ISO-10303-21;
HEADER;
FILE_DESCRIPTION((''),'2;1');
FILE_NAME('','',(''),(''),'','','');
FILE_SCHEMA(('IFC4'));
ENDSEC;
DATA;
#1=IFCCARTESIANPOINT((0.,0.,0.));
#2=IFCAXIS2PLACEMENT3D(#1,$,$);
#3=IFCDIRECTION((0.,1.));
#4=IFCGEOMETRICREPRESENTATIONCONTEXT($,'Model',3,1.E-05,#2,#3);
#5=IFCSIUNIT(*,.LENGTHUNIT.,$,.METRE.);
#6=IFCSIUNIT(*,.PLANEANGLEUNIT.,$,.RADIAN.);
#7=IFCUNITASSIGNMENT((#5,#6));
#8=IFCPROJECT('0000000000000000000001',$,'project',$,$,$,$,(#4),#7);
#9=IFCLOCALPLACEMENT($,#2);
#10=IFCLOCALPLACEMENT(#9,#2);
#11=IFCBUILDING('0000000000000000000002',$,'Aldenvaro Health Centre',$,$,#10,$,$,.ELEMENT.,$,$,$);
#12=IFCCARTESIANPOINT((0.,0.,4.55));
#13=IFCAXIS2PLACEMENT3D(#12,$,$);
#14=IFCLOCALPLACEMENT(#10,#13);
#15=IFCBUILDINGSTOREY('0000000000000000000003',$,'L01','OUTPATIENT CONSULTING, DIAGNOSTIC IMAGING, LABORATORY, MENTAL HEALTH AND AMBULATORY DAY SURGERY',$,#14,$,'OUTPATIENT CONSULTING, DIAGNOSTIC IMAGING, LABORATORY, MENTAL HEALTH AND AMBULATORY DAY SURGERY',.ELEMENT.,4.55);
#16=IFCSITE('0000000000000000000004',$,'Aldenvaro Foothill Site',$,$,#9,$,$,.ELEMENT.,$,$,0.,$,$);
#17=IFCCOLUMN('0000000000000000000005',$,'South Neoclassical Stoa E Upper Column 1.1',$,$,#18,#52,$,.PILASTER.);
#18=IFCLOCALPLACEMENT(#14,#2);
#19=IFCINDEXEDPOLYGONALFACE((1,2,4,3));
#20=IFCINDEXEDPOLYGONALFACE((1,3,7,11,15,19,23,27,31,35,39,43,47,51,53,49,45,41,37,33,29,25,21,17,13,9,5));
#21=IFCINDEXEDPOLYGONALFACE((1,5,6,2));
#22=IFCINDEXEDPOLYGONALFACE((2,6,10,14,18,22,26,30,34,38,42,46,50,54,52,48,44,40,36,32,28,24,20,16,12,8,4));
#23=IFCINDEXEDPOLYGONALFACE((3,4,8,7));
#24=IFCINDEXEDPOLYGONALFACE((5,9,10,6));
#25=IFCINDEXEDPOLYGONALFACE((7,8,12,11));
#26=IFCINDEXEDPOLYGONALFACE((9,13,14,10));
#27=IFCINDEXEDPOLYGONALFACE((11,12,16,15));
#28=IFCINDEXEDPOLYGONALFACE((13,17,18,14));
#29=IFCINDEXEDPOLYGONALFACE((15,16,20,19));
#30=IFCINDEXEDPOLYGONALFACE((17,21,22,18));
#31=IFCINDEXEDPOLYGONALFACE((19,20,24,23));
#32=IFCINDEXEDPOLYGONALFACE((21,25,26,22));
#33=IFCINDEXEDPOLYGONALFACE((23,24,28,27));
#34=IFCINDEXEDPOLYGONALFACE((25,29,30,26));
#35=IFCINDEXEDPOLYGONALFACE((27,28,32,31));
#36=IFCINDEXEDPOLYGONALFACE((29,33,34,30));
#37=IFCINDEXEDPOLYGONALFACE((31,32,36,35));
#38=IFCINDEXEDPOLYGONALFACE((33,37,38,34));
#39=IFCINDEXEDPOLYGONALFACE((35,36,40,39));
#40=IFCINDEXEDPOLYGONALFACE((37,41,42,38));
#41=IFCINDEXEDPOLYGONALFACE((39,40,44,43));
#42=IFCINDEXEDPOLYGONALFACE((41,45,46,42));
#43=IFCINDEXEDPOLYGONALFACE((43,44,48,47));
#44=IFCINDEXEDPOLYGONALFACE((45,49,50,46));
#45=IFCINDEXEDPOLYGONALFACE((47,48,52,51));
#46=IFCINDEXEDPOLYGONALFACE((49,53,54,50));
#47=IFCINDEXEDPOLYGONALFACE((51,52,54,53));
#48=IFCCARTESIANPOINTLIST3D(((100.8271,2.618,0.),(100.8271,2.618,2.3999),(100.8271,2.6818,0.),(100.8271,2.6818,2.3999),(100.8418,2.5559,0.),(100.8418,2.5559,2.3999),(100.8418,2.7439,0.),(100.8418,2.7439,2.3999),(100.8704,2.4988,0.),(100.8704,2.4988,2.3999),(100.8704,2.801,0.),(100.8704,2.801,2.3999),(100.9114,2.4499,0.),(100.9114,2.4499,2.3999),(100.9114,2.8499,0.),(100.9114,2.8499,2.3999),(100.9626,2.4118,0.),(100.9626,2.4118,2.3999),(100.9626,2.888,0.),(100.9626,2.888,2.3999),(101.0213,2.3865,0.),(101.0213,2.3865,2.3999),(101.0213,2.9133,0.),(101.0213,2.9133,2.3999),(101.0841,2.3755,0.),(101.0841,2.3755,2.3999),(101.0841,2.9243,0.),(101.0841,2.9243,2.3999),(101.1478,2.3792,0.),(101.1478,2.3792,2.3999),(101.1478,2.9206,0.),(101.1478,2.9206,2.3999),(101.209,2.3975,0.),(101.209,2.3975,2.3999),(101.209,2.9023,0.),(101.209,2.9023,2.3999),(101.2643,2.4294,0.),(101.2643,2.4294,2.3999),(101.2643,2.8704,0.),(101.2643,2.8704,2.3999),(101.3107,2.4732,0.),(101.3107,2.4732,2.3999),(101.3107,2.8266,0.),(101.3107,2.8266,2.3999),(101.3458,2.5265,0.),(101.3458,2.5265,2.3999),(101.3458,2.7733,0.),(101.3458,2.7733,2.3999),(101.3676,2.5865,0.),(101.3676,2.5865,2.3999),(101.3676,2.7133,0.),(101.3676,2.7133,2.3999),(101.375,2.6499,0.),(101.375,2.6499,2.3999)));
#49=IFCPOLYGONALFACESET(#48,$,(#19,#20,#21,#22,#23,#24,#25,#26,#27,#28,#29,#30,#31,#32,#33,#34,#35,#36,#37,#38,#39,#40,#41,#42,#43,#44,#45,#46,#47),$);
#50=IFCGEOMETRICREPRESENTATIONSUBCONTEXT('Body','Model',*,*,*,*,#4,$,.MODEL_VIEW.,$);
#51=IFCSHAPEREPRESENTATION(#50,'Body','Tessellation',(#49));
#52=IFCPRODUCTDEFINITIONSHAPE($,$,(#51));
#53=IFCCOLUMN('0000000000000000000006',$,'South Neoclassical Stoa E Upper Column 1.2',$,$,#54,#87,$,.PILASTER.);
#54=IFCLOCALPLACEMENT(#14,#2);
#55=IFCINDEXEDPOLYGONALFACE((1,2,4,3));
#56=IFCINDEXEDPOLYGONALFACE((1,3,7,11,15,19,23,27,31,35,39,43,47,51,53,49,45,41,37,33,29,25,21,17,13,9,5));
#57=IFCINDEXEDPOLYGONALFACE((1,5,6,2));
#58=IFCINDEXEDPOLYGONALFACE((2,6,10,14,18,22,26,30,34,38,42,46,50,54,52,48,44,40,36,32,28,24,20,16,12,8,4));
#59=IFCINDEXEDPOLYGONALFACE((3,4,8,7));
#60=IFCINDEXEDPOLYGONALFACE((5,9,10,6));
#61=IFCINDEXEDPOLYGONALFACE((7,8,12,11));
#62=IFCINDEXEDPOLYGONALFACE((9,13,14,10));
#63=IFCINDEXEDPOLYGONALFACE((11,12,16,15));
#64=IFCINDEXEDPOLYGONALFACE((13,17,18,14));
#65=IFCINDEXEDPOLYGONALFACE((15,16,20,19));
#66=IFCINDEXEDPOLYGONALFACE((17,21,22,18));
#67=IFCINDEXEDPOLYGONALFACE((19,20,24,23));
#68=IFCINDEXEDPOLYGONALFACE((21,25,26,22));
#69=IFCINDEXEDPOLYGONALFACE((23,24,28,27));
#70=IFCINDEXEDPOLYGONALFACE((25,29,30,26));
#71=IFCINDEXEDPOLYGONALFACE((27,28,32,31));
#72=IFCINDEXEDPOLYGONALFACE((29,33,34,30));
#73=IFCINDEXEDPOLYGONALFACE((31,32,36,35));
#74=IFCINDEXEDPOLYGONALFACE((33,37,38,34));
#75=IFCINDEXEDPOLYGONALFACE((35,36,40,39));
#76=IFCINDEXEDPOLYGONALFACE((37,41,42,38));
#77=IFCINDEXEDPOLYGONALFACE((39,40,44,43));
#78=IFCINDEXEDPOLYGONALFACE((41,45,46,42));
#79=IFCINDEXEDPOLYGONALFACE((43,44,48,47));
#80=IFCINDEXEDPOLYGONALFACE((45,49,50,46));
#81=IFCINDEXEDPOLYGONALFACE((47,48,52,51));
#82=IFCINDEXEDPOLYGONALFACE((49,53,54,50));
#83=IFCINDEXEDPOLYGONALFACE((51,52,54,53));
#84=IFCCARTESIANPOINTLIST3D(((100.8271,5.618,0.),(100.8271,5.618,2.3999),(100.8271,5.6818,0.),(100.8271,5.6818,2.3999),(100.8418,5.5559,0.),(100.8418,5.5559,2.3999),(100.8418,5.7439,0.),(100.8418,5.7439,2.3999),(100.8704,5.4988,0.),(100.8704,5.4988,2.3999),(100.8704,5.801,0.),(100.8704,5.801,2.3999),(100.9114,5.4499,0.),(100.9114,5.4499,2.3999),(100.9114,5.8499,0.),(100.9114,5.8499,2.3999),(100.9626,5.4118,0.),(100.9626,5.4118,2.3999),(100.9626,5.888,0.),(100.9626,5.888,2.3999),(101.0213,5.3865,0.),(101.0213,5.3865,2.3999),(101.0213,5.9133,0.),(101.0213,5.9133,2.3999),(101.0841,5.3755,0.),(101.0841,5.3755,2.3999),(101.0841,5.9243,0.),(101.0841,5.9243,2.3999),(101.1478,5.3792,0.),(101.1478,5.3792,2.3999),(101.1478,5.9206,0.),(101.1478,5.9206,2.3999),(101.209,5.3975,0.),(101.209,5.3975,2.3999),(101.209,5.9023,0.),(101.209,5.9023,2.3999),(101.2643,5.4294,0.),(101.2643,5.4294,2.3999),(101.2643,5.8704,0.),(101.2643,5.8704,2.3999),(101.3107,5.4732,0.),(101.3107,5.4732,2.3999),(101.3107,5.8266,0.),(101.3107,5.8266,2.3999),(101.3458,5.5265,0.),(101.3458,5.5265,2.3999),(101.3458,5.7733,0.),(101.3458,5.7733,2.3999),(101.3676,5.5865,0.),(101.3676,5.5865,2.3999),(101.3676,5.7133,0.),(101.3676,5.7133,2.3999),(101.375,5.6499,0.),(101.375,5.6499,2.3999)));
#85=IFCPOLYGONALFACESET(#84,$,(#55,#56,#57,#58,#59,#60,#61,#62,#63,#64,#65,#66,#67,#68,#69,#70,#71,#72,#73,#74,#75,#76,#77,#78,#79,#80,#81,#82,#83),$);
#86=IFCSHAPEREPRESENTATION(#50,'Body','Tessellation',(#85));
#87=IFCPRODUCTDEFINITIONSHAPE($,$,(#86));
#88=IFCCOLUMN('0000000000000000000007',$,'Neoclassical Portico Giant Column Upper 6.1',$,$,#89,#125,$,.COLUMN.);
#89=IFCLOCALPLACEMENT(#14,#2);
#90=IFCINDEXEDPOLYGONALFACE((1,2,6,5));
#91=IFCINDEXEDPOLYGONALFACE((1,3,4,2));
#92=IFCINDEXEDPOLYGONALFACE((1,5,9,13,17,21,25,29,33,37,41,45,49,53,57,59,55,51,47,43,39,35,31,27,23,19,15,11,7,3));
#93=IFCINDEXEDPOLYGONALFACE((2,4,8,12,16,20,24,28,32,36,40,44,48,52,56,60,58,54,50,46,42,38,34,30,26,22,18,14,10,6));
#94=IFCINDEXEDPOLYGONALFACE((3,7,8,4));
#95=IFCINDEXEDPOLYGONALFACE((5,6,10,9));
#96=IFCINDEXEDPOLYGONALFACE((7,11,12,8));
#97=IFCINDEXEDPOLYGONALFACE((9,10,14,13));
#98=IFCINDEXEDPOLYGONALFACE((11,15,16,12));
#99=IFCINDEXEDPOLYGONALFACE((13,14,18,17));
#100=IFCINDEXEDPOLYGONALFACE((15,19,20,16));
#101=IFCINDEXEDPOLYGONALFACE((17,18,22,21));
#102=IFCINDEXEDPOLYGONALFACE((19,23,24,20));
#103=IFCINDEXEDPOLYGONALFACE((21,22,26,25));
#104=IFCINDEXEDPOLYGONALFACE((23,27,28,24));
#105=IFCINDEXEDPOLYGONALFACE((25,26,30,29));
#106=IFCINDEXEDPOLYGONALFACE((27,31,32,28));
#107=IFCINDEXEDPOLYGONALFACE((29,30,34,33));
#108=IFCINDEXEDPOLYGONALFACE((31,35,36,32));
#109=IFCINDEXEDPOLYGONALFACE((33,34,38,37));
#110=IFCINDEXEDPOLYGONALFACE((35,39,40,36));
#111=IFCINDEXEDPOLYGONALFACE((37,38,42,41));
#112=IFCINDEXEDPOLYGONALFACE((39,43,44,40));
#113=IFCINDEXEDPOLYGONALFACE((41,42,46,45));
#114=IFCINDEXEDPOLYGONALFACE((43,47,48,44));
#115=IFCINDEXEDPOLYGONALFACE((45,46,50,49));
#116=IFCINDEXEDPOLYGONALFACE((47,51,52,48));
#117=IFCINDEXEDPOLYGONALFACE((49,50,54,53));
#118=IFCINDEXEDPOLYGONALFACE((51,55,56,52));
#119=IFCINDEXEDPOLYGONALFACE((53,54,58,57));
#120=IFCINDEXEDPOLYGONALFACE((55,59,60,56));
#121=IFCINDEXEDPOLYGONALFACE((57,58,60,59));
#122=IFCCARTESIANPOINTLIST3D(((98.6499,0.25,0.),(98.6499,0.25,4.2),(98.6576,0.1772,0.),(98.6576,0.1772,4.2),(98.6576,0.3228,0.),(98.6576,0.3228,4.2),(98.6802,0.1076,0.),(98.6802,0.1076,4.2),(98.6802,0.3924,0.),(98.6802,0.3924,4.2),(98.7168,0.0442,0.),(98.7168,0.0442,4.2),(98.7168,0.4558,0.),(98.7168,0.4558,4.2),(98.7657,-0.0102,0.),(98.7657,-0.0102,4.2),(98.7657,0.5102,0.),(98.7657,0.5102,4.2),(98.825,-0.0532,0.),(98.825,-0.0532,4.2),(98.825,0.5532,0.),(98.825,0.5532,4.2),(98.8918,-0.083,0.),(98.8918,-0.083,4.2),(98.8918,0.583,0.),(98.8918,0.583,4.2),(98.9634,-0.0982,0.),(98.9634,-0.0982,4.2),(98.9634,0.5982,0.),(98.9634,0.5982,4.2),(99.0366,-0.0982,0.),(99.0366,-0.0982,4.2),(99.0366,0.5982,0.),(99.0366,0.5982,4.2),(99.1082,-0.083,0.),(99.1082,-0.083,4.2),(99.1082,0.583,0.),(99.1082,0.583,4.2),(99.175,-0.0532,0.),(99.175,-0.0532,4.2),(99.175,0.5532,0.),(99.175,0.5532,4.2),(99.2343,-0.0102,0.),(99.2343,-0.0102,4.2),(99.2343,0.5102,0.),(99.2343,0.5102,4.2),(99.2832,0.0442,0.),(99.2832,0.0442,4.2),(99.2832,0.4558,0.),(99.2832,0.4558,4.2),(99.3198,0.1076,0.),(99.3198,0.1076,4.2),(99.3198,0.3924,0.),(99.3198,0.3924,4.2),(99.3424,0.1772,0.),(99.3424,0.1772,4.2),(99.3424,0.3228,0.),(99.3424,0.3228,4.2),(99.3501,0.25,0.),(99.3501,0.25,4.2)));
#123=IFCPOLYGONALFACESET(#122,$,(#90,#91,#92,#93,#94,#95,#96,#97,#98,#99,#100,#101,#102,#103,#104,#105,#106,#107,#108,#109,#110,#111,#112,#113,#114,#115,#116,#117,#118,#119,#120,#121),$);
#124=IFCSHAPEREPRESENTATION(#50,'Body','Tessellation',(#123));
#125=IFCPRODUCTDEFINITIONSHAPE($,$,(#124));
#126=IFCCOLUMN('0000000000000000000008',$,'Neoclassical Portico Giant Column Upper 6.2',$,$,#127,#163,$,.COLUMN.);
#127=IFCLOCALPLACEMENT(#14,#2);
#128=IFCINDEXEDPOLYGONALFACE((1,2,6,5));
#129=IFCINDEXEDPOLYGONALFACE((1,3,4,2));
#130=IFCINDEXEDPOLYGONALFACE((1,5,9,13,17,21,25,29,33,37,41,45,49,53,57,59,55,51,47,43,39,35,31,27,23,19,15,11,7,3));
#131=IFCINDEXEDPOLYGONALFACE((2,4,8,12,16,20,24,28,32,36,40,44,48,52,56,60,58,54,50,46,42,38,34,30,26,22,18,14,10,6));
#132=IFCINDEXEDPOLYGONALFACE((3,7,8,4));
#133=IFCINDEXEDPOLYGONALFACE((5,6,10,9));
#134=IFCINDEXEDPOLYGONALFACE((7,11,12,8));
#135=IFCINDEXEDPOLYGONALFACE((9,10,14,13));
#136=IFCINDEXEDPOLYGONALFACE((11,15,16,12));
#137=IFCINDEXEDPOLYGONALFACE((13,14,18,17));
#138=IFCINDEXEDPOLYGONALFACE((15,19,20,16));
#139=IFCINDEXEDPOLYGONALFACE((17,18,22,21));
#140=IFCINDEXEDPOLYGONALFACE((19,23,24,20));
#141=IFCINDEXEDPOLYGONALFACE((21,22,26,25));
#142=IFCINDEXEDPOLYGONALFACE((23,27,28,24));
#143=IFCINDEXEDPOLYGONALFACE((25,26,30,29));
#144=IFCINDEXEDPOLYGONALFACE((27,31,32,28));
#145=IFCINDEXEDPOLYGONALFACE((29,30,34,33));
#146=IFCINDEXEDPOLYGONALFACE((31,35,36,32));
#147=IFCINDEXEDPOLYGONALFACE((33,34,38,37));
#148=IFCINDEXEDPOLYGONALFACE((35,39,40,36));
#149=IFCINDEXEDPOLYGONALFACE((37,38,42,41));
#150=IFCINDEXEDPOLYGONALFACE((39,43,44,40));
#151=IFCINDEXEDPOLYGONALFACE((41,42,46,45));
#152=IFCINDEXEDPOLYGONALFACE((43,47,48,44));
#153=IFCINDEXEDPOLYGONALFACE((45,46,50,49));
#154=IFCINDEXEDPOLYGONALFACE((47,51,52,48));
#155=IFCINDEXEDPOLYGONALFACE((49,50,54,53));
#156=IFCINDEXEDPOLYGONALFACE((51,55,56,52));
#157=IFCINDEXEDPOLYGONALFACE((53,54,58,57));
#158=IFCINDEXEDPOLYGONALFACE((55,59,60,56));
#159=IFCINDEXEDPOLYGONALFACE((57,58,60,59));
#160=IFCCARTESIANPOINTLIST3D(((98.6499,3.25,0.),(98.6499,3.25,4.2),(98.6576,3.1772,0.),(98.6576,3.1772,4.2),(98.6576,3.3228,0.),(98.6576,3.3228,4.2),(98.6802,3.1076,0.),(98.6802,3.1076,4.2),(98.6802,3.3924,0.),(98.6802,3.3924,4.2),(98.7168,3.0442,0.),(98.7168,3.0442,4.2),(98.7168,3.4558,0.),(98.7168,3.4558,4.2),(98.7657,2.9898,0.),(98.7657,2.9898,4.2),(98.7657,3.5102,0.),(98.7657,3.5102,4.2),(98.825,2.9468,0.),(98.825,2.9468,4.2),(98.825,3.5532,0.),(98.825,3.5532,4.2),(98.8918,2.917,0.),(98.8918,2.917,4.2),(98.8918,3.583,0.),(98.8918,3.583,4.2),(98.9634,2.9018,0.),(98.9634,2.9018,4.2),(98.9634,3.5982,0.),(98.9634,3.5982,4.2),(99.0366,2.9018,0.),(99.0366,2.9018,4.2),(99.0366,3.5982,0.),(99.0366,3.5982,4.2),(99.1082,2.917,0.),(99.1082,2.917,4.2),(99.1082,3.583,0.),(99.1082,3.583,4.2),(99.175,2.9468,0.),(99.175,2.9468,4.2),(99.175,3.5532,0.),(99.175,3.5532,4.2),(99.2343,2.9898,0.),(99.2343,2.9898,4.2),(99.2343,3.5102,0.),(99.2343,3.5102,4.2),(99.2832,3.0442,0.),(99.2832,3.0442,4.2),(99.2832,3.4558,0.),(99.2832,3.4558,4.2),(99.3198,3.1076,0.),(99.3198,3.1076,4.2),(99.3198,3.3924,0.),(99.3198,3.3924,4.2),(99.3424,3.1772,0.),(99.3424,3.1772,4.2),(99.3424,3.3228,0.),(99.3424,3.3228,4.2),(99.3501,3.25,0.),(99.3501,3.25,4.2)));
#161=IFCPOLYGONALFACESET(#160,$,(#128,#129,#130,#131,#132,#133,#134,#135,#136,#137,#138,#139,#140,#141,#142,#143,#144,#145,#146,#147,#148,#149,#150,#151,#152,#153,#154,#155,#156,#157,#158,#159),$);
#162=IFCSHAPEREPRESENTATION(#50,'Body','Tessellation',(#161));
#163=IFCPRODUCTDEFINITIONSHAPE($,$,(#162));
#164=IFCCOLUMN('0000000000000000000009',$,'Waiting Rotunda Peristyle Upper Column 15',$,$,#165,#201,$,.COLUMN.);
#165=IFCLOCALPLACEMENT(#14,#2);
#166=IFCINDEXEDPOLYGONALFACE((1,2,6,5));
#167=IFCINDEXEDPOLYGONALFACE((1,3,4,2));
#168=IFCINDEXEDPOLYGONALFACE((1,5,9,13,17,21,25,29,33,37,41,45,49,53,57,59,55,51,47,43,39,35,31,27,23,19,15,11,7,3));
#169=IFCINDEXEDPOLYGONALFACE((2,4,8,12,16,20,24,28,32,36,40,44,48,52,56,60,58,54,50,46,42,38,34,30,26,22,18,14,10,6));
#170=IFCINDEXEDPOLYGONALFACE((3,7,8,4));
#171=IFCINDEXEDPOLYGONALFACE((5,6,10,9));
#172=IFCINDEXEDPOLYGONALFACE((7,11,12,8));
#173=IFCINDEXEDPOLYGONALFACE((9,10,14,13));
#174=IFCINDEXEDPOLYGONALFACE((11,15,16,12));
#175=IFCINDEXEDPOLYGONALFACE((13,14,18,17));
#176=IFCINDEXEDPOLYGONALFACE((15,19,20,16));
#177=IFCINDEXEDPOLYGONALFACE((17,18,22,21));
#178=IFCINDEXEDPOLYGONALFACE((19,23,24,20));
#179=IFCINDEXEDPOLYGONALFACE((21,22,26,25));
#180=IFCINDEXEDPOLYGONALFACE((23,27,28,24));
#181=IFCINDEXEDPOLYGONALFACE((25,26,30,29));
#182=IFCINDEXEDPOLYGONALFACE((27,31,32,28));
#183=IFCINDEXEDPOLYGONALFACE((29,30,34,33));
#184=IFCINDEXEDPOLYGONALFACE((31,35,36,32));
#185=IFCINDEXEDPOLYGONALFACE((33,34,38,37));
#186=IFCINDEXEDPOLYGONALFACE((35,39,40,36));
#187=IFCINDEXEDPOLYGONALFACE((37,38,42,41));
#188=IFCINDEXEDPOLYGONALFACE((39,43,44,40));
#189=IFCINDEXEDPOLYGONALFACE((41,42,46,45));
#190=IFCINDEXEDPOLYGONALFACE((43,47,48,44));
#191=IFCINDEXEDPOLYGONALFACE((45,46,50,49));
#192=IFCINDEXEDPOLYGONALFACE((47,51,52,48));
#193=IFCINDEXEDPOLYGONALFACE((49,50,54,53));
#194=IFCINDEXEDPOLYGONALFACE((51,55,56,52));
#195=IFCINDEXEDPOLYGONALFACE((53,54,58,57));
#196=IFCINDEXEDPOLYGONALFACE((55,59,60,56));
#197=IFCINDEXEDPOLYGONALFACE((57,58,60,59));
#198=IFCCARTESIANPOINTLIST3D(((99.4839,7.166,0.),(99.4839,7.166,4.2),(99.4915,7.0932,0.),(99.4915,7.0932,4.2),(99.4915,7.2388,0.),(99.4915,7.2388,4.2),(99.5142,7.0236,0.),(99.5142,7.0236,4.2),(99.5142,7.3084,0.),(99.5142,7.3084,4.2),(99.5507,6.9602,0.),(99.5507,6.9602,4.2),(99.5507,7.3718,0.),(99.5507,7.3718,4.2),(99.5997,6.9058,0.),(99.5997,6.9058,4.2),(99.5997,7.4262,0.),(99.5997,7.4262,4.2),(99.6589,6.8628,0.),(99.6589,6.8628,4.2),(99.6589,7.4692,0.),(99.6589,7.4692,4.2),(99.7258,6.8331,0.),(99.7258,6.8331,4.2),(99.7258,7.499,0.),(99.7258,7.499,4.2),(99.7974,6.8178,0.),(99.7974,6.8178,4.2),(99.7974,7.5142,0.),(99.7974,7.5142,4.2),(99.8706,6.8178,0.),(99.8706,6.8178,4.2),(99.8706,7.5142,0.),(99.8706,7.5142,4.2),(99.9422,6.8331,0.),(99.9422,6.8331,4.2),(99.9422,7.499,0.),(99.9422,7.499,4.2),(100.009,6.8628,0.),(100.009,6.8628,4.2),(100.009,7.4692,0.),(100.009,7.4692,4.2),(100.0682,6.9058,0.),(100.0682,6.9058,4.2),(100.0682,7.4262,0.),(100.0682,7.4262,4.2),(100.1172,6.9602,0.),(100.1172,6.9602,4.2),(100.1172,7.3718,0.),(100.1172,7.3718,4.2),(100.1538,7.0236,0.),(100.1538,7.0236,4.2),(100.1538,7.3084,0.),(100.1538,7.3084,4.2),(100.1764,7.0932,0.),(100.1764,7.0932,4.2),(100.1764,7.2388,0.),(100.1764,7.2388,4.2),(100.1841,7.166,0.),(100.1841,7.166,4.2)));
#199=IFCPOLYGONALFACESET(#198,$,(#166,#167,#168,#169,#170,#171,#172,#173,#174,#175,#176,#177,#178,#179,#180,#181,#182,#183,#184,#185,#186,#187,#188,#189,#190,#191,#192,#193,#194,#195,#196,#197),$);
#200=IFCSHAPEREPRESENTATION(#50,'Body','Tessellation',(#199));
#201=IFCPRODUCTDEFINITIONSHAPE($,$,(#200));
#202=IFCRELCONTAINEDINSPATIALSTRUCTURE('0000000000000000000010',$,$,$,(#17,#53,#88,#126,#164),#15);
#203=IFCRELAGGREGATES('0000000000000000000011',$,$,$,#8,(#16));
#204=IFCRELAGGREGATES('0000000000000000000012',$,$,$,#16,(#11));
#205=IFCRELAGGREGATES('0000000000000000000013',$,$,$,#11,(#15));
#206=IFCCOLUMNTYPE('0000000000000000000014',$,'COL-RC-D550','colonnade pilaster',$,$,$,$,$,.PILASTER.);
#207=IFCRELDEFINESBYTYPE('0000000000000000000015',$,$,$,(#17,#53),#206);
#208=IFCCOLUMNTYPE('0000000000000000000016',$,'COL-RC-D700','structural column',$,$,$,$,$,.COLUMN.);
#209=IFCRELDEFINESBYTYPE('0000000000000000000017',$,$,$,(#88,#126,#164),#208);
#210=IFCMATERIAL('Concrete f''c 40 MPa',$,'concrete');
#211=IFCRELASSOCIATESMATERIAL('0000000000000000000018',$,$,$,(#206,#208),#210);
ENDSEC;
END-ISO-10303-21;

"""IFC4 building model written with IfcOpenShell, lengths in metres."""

from ifc_helpers import new_model, si_unit, direction, frame, origin, origin_2d, place, context, subcontext, project, spatial, circle, extrude, material, material_profile, profile_set, type_object, element, save


model = new_model("IFC4")

# Units and contexts
model_context = context("Model", 3, precision=1e-05, world=origin(), true_north=direction((0.0, 1.0)))
body_context = subcontext(model_context, "Body", "Model", "MODEL_VIEW")
ifc_project = project(units=[si_unit("LENGTHUNIT", "METRE"), si_unit("PLANEANGLEUNIT", "RADIAN")], contexts=[model_context])

# Site, building, storey
site_placement = place(None, origin())
site = spatial("IfcSite", under=ifc_project, at=site_placement, Name="Aldenvaro Foothill Site", CompositionType="ELEMENT", RefElevation=0.0)
building_placement = place(site_placement, origin())
building = spatial("IfcBuilding", under=site, at=building_placement, Name="Aldenvaro Health Centre", CompositionType="ELEMENT")
storey_placement = place(building_placement, frame((0.0, 0.0, 4.55)))
storey = spatial("IfcBuildingStorey", under=building, at=storey_placement, Name="L01", Description="OUTPATIENT CONSULTING, DIAGNOSTIC IMAGING, LABORATORY, MENTAL HEALTH AND AMBULATORY DAY SURGERY", LongName="OUTPATIENT CONSULTING, DIAGNOSTIC IMAGING, LABORATORY, MENTAL HEALTH AND AMBULATORY DAY SURGERY", CompositionType="ELEMENT", Elevation=4.55)

# Columns
ifc_material_1 = material(Name="Concrete f'c 40 MPa", Category="concrete")
ifc_material_profile_1 = material_profile(ifc_material_1, circle(Radius=0.2749, at=origin_2d()), Name="RC D550", Category="concrete")
ifc_profile_set_1 = profile_set([ifc_material_profile_1], Name="Concrete f'c 40 MPa")
column_type_1 = type_object("IfcColumnType", Name="COL-RC-D550", Description="colonnade pilaster", PredefinedType="PILASTER", material=ifc_profile_set_1)
for number, where, z_axis, x_axis, name in (
    (1, (101.1001, 2.6499, 0.0), (0.0, 0.0, 1.0), (1.0, 0.0, 0.0), "South Neoclassical Stoa E Upper Column 1.1"),
    (2, (101.1001, 5.6499, 0.0), (0.0, 0.0, 1.0), (1.0, 0.0, 0.0), "South Neoclassical Stoa E Upper Column 1.2"),
):
    element("IfcColumn", number, at=place(storey_placement, frame(where, z_axis=z_axis, x_axis=x_axis)), inside=storey, type_object=column_type_1, Name=name, PredefinedType="PILASTER", context=body_context, shape_type="SweptSolid", body=[
        extrude(circle(Radius=0.2749, at=origin_2d()), origin(), (0.0, 0.0, 1.0), 2.3999),
    ])
ifc_material_profile_2 = material_profile(ifc_material_1, circle(Radius=0.3501, at=origin_2d()), Name="RC D700", Category="concrete")
ifc_profile_set_2 = profile_set([ifc_material_profile_2], Name="Concrete f'c 40 MPa")
column_type_2 = type_object("IfcColumnType", Name="COL-RC-D700", Description="structural column", PredefinedType="COLUMN", material=ifc_profile_set_2)
for number, where, z_axis, x_axis, name in (
    (3, (99.0, 0.25, 0.0), (0.0, 0.0, 1.0), (1.0, 0.0, 0.0), "Neoclassical Portico Giant Column Upper 6.1"),
    (4, (99.0, 3.25, 0.0), (0.0, 0.0, 1.0), (1.0, 0.0, 0.0), "Neoclassical Portico Giant Column Upper 6.2"),
    (5, (99.834, 7.166, 0.0), (0.0, 0.0, 1.0), (1.0, 0.0, 0.0), "Waiting Rotunda Peristyle Upper Column 15"),
):
    element("IfcColumn", number, at=place(storey_placement, frame(where, z_axis=z_axis, x_axis=x_axis)), inside=storey, type_object=column_type_2, Name=name, PredefinedType="COLUMN", context=body_context, shape_type="SweptSolid", body=[
        extrude(circle(Radius=0.3501, at=origin_2d()), origin(), (0.0, 0.0, 1.0), 4.2),
    ])

save(model, "model.ifc")
